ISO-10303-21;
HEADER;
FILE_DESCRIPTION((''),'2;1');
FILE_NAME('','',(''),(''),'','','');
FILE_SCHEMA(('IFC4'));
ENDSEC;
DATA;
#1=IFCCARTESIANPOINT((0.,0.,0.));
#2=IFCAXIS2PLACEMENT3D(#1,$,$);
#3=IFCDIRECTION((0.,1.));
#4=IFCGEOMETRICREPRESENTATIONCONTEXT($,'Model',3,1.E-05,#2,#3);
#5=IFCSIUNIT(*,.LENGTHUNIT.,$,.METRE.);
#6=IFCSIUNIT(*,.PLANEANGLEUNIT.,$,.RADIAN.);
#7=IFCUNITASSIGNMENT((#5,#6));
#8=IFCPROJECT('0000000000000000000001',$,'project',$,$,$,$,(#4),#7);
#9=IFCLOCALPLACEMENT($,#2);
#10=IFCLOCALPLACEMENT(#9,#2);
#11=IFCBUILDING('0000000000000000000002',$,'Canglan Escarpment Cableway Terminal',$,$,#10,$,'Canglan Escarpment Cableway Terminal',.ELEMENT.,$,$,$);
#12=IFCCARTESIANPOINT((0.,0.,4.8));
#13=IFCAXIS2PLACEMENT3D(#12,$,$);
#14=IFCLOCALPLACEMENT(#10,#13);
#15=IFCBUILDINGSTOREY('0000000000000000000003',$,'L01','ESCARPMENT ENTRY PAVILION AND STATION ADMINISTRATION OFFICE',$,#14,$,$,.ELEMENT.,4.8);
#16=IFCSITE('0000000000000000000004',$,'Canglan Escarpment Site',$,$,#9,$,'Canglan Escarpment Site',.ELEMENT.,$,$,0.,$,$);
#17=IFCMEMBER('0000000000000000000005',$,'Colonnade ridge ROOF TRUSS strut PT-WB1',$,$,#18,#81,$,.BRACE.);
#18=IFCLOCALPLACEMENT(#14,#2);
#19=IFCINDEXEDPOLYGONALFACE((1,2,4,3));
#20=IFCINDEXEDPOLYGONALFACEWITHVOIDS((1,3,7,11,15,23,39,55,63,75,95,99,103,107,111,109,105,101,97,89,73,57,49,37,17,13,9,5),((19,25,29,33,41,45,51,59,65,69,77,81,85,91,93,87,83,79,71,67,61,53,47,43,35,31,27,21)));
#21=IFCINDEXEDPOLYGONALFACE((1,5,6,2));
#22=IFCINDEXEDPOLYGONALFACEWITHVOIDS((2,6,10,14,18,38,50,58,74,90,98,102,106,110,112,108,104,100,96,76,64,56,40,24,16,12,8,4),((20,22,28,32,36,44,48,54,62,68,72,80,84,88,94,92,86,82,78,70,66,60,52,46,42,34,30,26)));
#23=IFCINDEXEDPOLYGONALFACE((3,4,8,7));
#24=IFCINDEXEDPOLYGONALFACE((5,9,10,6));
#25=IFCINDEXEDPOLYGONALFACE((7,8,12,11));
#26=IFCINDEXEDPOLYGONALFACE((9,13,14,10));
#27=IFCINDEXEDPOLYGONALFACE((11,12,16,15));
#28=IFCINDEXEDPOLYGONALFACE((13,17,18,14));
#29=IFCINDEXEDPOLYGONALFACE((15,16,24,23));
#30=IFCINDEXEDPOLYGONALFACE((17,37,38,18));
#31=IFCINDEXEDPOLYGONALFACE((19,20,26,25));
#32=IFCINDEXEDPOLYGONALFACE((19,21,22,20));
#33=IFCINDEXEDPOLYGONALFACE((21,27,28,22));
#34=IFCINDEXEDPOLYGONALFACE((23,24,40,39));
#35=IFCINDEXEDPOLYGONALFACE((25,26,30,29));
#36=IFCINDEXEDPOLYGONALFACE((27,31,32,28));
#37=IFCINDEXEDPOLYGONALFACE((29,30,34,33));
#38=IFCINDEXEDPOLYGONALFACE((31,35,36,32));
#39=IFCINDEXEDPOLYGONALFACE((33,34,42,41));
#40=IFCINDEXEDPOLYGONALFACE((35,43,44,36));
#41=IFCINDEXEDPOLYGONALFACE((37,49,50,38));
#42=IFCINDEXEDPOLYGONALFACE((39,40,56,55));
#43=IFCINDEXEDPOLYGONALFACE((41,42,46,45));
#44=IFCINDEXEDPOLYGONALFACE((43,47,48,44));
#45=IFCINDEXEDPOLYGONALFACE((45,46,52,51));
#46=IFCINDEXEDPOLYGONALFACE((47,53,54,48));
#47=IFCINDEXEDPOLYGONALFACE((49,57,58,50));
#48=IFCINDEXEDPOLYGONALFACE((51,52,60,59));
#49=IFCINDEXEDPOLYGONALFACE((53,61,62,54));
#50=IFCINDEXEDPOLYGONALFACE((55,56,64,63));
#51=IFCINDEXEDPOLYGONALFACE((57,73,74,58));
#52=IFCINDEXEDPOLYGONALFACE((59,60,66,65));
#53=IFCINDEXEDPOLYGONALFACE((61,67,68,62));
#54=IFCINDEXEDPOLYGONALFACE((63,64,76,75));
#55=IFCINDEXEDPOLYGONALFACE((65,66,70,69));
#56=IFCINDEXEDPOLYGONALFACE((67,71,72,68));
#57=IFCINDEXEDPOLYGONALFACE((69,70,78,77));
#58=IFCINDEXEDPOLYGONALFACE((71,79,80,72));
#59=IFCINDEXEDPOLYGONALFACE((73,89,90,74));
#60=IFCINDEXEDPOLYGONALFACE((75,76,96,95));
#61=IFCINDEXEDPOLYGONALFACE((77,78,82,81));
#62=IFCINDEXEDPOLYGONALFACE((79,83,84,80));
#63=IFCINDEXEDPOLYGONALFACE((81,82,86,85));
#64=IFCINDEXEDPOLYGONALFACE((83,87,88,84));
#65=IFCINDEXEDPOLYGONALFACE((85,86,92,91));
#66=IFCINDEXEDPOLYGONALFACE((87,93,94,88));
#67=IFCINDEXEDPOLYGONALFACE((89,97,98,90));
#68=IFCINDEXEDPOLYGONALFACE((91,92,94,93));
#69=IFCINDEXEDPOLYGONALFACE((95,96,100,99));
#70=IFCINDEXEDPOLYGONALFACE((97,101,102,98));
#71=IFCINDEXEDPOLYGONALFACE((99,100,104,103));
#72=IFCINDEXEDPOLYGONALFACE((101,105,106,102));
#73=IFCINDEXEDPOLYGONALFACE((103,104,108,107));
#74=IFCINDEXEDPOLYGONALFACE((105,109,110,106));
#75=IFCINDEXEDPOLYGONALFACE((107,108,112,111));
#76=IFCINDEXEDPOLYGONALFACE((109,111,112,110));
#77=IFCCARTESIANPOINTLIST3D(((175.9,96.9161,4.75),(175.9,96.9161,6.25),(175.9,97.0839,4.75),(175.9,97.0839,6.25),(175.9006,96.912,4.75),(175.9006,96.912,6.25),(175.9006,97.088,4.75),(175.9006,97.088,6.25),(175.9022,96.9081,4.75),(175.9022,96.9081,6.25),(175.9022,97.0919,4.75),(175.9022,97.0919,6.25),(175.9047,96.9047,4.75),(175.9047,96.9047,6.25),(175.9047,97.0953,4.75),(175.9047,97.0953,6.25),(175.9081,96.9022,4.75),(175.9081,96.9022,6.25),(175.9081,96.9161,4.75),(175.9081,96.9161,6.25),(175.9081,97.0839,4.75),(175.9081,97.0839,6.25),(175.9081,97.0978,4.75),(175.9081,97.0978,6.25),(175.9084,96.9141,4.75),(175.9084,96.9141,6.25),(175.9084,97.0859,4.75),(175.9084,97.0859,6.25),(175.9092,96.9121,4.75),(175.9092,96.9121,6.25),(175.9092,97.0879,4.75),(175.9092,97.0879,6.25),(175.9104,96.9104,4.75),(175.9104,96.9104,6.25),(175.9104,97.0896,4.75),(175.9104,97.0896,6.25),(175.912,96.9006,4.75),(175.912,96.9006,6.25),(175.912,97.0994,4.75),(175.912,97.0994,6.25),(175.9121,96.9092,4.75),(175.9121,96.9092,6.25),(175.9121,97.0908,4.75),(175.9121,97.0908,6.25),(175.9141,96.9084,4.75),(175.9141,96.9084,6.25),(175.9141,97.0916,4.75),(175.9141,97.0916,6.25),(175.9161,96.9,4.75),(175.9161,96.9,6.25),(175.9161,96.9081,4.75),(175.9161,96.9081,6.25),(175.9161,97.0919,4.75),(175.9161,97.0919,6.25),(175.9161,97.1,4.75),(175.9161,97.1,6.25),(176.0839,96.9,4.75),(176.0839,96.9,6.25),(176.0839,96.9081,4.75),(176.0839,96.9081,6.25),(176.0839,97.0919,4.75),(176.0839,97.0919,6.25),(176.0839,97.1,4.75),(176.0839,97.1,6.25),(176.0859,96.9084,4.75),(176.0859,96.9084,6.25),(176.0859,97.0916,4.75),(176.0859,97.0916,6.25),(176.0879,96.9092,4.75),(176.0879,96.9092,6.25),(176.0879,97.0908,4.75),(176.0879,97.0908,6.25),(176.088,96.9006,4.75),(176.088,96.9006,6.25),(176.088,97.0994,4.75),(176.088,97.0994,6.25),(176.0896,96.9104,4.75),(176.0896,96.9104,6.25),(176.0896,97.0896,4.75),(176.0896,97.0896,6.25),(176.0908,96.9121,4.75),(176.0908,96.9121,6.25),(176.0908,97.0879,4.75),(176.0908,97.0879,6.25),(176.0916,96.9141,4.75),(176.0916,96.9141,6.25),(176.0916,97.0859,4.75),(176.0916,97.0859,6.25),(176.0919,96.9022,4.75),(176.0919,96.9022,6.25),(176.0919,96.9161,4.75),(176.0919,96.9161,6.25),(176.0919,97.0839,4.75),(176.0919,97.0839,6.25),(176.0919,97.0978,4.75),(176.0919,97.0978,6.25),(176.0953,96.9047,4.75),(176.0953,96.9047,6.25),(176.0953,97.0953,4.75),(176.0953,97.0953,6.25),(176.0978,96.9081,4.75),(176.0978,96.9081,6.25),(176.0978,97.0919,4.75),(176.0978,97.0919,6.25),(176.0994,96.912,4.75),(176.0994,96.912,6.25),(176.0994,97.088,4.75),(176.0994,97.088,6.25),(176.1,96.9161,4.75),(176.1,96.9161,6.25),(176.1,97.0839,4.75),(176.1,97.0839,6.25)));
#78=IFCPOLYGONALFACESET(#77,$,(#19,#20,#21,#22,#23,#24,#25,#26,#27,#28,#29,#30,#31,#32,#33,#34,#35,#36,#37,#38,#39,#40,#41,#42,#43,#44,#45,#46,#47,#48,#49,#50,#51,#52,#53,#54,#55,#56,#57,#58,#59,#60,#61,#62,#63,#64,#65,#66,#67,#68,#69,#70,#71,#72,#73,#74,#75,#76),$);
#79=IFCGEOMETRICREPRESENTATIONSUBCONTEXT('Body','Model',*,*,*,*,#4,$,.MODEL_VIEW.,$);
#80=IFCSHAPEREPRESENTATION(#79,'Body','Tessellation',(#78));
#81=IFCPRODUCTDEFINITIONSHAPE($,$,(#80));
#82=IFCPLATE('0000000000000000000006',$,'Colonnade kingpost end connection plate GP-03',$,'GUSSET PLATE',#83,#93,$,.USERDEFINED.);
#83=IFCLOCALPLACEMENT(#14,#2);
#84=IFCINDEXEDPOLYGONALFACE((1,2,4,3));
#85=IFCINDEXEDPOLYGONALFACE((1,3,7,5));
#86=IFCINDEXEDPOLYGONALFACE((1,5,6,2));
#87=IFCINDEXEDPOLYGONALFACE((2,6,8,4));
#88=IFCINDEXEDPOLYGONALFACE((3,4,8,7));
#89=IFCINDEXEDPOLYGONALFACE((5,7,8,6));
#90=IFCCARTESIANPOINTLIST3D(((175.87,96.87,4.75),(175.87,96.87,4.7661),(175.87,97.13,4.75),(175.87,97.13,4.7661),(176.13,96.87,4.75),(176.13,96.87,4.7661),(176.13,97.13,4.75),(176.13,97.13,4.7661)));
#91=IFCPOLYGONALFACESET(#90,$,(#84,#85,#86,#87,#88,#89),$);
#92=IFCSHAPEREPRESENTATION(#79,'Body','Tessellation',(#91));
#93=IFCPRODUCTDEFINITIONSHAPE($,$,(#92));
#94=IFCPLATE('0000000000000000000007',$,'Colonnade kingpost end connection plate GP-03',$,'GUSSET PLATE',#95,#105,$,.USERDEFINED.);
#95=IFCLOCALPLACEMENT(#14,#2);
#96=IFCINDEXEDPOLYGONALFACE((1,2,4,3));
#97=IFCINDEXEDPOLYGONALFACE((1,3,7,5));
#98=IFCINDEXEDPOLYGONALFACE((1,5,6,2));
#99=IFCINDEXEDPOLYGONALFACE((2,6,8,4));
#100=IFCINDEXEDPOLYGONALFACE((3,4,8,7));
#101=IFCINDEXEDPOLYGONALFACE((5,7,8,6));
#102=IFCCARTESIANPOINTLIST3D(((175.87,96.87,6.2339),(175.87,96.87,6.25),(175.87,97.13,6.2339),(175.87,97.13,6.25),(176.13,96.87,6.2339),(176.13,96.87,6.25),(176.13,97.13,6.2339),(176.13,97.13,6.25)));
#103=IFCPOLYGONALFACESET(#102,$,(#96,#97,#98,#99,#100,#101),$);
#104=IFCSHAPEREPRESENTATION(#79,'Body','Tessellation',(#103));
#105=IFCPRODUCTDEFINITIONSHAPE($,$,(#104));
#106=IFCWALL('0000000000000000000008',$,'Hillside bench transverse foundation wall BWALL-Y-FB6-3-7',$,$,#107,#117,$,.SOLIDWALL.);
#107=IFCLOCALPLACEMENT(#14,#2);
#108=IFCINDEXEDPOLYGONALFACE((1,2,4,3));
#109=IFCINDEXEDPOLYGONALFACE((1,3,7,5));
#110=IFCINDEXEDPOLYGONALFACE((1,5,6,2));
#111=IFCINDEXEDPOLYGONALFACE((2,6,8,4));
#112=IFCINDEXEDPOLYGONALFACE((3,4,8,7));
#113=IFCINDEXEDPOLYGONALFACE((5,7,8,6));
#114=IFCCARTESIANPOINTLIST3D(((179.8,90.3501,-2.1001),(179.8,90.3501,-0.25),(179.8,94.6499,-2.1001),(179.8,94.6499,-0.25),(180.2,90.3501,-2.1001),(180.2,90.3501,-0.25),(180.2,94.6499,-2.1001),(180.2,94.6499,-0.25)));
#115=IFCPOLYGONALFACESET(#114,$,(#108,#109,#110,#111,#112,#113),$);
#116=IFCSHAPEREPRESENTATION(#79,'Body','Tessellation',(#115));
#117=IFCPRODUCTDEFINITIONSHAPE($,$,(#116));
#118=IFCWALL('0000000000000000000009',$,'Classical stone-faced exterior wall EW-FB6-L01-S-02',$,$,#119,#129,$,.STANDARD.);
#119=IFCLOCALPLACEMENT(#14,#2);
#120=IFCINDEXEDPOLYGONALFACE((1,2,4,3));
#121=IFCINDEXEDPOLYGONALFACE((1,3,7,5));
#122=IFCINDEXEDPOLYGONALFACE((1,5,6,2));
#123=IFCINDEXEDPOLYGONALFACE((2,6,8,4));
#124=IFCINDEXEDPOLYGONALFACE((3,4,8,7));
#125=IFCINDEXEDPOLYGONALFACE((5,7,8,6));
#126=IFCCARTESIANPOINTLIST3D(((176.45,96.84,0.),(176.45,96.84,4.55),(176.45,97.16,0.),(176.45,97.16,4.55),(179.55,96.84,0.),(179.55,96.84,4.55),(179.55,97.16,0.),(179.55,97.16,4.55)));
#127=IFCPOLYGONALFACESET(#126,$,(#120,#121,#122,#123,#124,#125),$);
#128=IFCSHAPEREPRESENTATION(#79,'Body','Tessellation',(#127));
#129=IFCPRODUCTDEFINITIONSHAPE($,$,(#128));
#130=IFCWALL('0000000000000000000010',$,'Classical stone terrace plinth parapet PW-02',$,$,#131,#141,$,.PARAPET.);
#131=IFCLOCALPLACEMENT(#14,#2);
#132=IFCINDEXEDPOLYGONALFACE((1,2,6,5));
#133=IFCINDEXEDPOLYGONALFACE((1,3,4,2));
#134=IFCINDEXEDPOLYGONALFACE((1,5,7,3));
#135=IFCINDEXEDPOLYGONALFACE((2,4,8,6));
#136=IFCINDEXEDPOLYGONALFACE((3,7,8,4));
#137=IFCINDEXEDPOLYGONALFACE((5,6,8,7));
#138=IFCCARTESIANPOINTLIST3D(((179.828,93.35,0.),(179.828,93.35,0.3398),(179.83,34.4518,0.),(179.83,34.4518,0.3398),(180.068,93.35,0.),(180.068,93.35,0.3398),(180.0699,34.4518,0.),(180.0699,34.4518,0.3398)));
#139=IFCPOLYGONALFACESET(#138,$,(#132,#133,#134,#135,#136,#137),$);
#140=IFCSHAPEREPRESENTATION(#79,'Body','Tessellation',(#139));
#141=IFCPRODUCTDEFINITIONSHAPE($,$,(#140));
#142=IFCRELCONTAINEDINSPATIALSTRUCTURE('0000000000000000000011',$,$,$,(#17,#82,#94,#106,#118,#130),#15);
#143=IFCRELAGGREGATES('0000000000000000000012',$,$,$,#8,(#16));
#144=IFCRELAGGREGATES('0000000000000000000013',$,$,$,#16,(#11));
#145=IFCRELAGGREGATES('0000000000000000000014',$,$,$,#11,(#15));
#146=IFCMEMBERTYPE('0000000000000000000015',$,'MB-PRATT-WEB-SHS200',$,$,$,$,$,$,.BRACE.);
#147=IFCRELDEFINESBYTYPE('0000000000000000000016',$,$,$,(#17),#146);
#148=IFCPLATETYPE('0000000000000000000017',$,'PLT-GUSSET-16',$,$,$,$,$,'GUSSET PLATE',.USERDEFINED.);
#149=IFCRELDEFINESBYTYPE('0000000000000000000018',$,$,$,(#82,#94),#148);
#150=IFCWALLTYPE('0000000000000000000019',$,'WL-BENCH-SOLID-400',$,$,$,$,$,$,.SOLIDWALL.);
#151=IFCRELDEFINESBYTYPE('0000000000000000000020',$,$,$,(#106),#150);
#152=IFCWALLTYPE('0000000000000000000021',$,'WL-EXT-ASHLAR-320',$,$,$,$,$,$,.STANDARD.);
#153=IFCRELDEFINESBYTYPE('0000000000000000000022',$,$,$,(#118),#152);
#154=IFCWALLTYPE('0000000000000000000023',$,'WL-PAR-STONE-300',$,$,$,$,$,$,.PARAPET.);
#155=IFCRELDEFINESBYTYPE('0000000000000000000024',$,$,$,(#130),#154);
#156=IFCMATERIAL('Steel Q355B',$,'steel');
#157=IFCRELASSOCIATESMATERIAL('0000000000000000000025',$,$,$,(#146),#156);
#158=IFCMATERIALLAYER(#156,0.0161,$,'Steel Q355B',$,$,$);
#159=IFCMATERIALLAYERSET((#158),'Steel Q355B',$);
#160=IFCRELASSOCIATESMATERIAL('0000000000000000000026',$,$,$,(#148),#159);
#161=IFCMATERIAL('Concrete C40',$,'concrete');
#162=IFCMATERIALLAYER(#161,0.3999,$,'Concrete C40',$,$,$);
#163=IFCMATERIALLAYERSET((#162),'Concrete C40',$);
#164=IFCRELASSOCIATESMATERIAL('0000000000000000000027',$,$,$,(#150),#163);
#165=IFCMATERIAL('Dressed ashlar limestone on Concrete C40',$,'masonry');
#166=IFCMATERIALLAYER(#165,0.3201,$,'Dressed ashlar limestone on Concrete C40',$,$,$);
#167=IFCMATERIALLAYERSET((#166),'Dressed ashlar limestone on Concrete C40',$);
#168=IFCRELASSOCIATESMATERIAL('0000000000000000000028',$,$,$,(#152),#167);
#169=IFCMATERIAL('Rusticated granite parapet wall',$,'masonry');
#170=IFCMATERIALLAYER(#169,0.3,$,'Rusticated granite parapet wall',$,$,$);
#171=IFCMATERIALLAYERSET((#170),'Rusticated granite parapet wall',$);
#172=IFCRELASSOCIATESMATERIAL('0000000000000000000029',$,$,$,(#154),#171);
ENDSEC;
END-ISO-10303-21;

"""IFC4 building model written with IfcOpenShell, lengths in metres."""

from ifc_helpers import new_model, si_unit, direction, frame, frame_2d, origin, origin_2d, place, context, subcontext, project, spatial, rectangle, hollow_rectangle, extrude, material, layer, layer_set, material_profile, profile_set, type_object, element, save


model = new_model("IFC4")

# Units and contexts
model_context = context("Model", 3, precision=1e-05, world=origin(), true_north=direction((0.0, 1.0)))
body_context = subcontext(model_context, "Body", "Model", "MODEL_VIEW")
ifc_project = project(units=[si_unit("LENGTHUNIT", "METRE"), si_unit("PLANEANGLEUNIT", "RADIAN")], contexts=[model_context])

# Site, building, storey
site_placement = place(None, origin())
site = spatial("IfcSite", under=ifc_project, at=site_placement, Name="Canglan Escarpment Site", LongName="Canglan Escarpment Site", CompositionType="ELEMENT", RefElevation=0.0)
building_placement = place(site_placement, origin())
building = spatial("IfcBuilding", under=site, at=building_placement, Name="Canglan Escarpment Cableway Terminal", LongName="Canglan Escarpment Cableway Terminal", CompositionType="ELEMENT")
storey_placement = place(building_placement, frame((0.0, 0.0, 4.8)))
storey = spatial("IfcBuildingStorey", under=building, at=storey_placement, Name="L01", Description="ESCARPMENT ENTRY PAVILION AND STATION ADMINISTRATION OFFICE", CompositionType="ELEMENT", Elevation=4.8)

# Shared definitions
ifc_material_1 = material(Name="Concrete C40", Category="concrete")

# Member
ifc_material_2 = material(Name="Steel Q355B", Category="steel")
ifc_material_profile_1 = material_profile(ifc_material_2, hollow_rectangle(XDim=0.2, YDim=0.2, WallThickness=0.0081, InnerFilletRadius=0.0081, OuterFilletRadius=0.0161, at=origin_2d()), Name="SHS 200x200x8")
ifc_profile_set_1 = profile_set([ifc_material_profile_1], Name="Steel Q355B")
member_type_1 = type_object("IfcMemberType", Name="MB-PRATT-WEB-SHS200", PredefinedType="BRACE", material=ifc_profile_set_1)
member_1_placement = place(storey_placement, frame((176.0, 97.0, 4.75), z_axis=(0.0, 0.0, 1.0), x_axis=(1.0, 0.0, 0.0)))
element("IfcMember", 1, at=member_1_placement, inside=storey, type_object=member_type_1, Name="Colonnade ridge ROOF TRUSS strut PT-WB1", PredefinedType="BRACE", context=body_context, shape_type="SweptSolid", body=[
    extrude(hollow_rectangle(XDim=0.2, YDim=0.2, WallThickness=0.0081, InnerFilletRadius=0.0081, OuterFilletRadius=0.0161, at=origin_2d()), origin(), (0.0, 0.0, 1.0), 1.5),
])

# Plates
ifc_layer_1 = layer(ifc_material_2, 0.0161, Name="Steel Q355B")
ifc_layer_set_1 = layer_set([ifc_layer_1], Name="Steel Q355B")
plate_type = type_object("IfcPlateType", Name="PLT-GUSSET-16", ElementType="GUSSET PLATE", PredefinedType="USERDEFINED", material=ifc_layer_set_1)
for number, where, z_axis, x_axis, name in (
    (2, (176.0, 97.0, 4.75), (0.0, 0.0, 1.0), (1.0, 0.0, 0.0), "Colonnade kingpost end connection plate GP-03"),
    (3, (176.0, 97.0, 6.2339), (0.0, 0.0, 1.0), (1.0, 0.0, 0.0), "Colonnade kingpost end connection plate GP-03"),
):
    element("IfcPlate", number, at=place(storey_placement, frame(where, z_axis=z_axis, x_axis=x_axis)), inside=storey, type_object=plate_type, Name=name, ObjectType="GUSSET PLATE", PredefinedType="USERDEFINED", context=body_context, shape_type="SweptSolid", body=[
        extrude(rectangle(XDim=0.26, YDim=0.26, at=origin_2d()), origin(), (0.0, 0.0, 1.0), 0.0161),
    ])

# Walls
ifc_layer_2 = layer(ifc_material_1, 0.3999, Name="Concrete C40")
ifc_layer_set_2 = layer_set([ifc_layer_2], Name="Concrete C40")
wall_type_1 = type_object("IfcWallType", Name="WL-BENCH-SOLID-400", PredefinedType="SOLIDWALL", material=ifc_layer_set_2)
wall_1_placement = place(storey_placement, frame((180.0, 90.3501, -2.1001), z_axis=(0.0, 0.0, 1.0), x_axis=(0.0, 1.0, 0.0)))
element("IfcWall", 4, at=wall_1_placement, inside=storey, type_object=wall_type_1, Name="Hillside bench transverse foundation wall BWALL-Y-FB6-3-7", PredefinedType="SOLIDWALL", context=body_context, shape_type="SweptSolid", body=[
    extrude(rectangle(XDim=4.2998, YDim=0.3999, at=frame_2d((2.1499, 0.0))), origin(), (0.0, 0.0, 1.0), 1.8501),
])
ifc_material_3 = material(Name="Dressed ashlar limestone on Concrete C40", Category="masonry")
ifc_layer_3 = layer(ifc_material_3, 0.3201, Name="Dressed ashlar limestone on Concrete C40")
ifc_layer_set_3 = layer_set([ifc_layer_3], Name="Dressed ashlar limestone on Concrete C40")
wall_type_2 = type_object("IfcWallType", Name="WL-EXT-ASHLAR-320", PredefinedType="STANDARD", material=ifc_layer_set_3)
wall_2_placement = place(storey_placement, frame((176.45, 97.0, 0.0), z_axis=(0.0, 0.0, 1.0), x_axis=(1.0, 0.0, 0.0)))
element("IfcWall", 5, at=wall_2_placement, inside=storey, type_object=wall_type_2, Name="Classical stone-faced exterior wall EW-FB6-L01-S-02", PredefinedType="STANDARD", context=body_context, shape_type="SweptSolid", body=[
    extrude(rectangle(XDim=3.1001, YDim=0.3201, at=frame_2d((1.55, 0.0))), origin(), (0.0, 0.0, 1.0), 4.55),
])
ifc_material_4 = material(Name="Rusticated granite parapet wall", Category="masonry")
ifc_layer_4 = layer(ifc_material_4, 0.3, Name="Rusticated granite parapet wall")
ifc_layer_set_4 = layer_set([ifc_layer_4], Name="Rusticated granite parapet wall")
wall_type_3 = type_object("IfcWallType", Name="WL-PAR-STONE-300", PredefinedType="PARAPET", material=ifc_layer_set_4)
wall_3_placement = place(storey_placement, frame((179.948, 93.3501, 0.0), z_axis=(0.0, 0.0, 1.0), x_axis=(0.000033, -1.0, 0.0)))
element("IfcWall", 6, at=wall_3_placement, inside=storey, type_object=wall_type_3, Name="Classical stone terrace plinth parapet PW-02", PredefinedType="PARAPET", context=body_context, shape_type="SweptSolid", body=[
    extrude(rectangle(XDim=58.8982, YDim=0.24, at=frame_2d((29.4492, 0.0))), origin(), (0.0, 0.0, 1.0), 0.3398),
])

save(model, "model.ifc")
